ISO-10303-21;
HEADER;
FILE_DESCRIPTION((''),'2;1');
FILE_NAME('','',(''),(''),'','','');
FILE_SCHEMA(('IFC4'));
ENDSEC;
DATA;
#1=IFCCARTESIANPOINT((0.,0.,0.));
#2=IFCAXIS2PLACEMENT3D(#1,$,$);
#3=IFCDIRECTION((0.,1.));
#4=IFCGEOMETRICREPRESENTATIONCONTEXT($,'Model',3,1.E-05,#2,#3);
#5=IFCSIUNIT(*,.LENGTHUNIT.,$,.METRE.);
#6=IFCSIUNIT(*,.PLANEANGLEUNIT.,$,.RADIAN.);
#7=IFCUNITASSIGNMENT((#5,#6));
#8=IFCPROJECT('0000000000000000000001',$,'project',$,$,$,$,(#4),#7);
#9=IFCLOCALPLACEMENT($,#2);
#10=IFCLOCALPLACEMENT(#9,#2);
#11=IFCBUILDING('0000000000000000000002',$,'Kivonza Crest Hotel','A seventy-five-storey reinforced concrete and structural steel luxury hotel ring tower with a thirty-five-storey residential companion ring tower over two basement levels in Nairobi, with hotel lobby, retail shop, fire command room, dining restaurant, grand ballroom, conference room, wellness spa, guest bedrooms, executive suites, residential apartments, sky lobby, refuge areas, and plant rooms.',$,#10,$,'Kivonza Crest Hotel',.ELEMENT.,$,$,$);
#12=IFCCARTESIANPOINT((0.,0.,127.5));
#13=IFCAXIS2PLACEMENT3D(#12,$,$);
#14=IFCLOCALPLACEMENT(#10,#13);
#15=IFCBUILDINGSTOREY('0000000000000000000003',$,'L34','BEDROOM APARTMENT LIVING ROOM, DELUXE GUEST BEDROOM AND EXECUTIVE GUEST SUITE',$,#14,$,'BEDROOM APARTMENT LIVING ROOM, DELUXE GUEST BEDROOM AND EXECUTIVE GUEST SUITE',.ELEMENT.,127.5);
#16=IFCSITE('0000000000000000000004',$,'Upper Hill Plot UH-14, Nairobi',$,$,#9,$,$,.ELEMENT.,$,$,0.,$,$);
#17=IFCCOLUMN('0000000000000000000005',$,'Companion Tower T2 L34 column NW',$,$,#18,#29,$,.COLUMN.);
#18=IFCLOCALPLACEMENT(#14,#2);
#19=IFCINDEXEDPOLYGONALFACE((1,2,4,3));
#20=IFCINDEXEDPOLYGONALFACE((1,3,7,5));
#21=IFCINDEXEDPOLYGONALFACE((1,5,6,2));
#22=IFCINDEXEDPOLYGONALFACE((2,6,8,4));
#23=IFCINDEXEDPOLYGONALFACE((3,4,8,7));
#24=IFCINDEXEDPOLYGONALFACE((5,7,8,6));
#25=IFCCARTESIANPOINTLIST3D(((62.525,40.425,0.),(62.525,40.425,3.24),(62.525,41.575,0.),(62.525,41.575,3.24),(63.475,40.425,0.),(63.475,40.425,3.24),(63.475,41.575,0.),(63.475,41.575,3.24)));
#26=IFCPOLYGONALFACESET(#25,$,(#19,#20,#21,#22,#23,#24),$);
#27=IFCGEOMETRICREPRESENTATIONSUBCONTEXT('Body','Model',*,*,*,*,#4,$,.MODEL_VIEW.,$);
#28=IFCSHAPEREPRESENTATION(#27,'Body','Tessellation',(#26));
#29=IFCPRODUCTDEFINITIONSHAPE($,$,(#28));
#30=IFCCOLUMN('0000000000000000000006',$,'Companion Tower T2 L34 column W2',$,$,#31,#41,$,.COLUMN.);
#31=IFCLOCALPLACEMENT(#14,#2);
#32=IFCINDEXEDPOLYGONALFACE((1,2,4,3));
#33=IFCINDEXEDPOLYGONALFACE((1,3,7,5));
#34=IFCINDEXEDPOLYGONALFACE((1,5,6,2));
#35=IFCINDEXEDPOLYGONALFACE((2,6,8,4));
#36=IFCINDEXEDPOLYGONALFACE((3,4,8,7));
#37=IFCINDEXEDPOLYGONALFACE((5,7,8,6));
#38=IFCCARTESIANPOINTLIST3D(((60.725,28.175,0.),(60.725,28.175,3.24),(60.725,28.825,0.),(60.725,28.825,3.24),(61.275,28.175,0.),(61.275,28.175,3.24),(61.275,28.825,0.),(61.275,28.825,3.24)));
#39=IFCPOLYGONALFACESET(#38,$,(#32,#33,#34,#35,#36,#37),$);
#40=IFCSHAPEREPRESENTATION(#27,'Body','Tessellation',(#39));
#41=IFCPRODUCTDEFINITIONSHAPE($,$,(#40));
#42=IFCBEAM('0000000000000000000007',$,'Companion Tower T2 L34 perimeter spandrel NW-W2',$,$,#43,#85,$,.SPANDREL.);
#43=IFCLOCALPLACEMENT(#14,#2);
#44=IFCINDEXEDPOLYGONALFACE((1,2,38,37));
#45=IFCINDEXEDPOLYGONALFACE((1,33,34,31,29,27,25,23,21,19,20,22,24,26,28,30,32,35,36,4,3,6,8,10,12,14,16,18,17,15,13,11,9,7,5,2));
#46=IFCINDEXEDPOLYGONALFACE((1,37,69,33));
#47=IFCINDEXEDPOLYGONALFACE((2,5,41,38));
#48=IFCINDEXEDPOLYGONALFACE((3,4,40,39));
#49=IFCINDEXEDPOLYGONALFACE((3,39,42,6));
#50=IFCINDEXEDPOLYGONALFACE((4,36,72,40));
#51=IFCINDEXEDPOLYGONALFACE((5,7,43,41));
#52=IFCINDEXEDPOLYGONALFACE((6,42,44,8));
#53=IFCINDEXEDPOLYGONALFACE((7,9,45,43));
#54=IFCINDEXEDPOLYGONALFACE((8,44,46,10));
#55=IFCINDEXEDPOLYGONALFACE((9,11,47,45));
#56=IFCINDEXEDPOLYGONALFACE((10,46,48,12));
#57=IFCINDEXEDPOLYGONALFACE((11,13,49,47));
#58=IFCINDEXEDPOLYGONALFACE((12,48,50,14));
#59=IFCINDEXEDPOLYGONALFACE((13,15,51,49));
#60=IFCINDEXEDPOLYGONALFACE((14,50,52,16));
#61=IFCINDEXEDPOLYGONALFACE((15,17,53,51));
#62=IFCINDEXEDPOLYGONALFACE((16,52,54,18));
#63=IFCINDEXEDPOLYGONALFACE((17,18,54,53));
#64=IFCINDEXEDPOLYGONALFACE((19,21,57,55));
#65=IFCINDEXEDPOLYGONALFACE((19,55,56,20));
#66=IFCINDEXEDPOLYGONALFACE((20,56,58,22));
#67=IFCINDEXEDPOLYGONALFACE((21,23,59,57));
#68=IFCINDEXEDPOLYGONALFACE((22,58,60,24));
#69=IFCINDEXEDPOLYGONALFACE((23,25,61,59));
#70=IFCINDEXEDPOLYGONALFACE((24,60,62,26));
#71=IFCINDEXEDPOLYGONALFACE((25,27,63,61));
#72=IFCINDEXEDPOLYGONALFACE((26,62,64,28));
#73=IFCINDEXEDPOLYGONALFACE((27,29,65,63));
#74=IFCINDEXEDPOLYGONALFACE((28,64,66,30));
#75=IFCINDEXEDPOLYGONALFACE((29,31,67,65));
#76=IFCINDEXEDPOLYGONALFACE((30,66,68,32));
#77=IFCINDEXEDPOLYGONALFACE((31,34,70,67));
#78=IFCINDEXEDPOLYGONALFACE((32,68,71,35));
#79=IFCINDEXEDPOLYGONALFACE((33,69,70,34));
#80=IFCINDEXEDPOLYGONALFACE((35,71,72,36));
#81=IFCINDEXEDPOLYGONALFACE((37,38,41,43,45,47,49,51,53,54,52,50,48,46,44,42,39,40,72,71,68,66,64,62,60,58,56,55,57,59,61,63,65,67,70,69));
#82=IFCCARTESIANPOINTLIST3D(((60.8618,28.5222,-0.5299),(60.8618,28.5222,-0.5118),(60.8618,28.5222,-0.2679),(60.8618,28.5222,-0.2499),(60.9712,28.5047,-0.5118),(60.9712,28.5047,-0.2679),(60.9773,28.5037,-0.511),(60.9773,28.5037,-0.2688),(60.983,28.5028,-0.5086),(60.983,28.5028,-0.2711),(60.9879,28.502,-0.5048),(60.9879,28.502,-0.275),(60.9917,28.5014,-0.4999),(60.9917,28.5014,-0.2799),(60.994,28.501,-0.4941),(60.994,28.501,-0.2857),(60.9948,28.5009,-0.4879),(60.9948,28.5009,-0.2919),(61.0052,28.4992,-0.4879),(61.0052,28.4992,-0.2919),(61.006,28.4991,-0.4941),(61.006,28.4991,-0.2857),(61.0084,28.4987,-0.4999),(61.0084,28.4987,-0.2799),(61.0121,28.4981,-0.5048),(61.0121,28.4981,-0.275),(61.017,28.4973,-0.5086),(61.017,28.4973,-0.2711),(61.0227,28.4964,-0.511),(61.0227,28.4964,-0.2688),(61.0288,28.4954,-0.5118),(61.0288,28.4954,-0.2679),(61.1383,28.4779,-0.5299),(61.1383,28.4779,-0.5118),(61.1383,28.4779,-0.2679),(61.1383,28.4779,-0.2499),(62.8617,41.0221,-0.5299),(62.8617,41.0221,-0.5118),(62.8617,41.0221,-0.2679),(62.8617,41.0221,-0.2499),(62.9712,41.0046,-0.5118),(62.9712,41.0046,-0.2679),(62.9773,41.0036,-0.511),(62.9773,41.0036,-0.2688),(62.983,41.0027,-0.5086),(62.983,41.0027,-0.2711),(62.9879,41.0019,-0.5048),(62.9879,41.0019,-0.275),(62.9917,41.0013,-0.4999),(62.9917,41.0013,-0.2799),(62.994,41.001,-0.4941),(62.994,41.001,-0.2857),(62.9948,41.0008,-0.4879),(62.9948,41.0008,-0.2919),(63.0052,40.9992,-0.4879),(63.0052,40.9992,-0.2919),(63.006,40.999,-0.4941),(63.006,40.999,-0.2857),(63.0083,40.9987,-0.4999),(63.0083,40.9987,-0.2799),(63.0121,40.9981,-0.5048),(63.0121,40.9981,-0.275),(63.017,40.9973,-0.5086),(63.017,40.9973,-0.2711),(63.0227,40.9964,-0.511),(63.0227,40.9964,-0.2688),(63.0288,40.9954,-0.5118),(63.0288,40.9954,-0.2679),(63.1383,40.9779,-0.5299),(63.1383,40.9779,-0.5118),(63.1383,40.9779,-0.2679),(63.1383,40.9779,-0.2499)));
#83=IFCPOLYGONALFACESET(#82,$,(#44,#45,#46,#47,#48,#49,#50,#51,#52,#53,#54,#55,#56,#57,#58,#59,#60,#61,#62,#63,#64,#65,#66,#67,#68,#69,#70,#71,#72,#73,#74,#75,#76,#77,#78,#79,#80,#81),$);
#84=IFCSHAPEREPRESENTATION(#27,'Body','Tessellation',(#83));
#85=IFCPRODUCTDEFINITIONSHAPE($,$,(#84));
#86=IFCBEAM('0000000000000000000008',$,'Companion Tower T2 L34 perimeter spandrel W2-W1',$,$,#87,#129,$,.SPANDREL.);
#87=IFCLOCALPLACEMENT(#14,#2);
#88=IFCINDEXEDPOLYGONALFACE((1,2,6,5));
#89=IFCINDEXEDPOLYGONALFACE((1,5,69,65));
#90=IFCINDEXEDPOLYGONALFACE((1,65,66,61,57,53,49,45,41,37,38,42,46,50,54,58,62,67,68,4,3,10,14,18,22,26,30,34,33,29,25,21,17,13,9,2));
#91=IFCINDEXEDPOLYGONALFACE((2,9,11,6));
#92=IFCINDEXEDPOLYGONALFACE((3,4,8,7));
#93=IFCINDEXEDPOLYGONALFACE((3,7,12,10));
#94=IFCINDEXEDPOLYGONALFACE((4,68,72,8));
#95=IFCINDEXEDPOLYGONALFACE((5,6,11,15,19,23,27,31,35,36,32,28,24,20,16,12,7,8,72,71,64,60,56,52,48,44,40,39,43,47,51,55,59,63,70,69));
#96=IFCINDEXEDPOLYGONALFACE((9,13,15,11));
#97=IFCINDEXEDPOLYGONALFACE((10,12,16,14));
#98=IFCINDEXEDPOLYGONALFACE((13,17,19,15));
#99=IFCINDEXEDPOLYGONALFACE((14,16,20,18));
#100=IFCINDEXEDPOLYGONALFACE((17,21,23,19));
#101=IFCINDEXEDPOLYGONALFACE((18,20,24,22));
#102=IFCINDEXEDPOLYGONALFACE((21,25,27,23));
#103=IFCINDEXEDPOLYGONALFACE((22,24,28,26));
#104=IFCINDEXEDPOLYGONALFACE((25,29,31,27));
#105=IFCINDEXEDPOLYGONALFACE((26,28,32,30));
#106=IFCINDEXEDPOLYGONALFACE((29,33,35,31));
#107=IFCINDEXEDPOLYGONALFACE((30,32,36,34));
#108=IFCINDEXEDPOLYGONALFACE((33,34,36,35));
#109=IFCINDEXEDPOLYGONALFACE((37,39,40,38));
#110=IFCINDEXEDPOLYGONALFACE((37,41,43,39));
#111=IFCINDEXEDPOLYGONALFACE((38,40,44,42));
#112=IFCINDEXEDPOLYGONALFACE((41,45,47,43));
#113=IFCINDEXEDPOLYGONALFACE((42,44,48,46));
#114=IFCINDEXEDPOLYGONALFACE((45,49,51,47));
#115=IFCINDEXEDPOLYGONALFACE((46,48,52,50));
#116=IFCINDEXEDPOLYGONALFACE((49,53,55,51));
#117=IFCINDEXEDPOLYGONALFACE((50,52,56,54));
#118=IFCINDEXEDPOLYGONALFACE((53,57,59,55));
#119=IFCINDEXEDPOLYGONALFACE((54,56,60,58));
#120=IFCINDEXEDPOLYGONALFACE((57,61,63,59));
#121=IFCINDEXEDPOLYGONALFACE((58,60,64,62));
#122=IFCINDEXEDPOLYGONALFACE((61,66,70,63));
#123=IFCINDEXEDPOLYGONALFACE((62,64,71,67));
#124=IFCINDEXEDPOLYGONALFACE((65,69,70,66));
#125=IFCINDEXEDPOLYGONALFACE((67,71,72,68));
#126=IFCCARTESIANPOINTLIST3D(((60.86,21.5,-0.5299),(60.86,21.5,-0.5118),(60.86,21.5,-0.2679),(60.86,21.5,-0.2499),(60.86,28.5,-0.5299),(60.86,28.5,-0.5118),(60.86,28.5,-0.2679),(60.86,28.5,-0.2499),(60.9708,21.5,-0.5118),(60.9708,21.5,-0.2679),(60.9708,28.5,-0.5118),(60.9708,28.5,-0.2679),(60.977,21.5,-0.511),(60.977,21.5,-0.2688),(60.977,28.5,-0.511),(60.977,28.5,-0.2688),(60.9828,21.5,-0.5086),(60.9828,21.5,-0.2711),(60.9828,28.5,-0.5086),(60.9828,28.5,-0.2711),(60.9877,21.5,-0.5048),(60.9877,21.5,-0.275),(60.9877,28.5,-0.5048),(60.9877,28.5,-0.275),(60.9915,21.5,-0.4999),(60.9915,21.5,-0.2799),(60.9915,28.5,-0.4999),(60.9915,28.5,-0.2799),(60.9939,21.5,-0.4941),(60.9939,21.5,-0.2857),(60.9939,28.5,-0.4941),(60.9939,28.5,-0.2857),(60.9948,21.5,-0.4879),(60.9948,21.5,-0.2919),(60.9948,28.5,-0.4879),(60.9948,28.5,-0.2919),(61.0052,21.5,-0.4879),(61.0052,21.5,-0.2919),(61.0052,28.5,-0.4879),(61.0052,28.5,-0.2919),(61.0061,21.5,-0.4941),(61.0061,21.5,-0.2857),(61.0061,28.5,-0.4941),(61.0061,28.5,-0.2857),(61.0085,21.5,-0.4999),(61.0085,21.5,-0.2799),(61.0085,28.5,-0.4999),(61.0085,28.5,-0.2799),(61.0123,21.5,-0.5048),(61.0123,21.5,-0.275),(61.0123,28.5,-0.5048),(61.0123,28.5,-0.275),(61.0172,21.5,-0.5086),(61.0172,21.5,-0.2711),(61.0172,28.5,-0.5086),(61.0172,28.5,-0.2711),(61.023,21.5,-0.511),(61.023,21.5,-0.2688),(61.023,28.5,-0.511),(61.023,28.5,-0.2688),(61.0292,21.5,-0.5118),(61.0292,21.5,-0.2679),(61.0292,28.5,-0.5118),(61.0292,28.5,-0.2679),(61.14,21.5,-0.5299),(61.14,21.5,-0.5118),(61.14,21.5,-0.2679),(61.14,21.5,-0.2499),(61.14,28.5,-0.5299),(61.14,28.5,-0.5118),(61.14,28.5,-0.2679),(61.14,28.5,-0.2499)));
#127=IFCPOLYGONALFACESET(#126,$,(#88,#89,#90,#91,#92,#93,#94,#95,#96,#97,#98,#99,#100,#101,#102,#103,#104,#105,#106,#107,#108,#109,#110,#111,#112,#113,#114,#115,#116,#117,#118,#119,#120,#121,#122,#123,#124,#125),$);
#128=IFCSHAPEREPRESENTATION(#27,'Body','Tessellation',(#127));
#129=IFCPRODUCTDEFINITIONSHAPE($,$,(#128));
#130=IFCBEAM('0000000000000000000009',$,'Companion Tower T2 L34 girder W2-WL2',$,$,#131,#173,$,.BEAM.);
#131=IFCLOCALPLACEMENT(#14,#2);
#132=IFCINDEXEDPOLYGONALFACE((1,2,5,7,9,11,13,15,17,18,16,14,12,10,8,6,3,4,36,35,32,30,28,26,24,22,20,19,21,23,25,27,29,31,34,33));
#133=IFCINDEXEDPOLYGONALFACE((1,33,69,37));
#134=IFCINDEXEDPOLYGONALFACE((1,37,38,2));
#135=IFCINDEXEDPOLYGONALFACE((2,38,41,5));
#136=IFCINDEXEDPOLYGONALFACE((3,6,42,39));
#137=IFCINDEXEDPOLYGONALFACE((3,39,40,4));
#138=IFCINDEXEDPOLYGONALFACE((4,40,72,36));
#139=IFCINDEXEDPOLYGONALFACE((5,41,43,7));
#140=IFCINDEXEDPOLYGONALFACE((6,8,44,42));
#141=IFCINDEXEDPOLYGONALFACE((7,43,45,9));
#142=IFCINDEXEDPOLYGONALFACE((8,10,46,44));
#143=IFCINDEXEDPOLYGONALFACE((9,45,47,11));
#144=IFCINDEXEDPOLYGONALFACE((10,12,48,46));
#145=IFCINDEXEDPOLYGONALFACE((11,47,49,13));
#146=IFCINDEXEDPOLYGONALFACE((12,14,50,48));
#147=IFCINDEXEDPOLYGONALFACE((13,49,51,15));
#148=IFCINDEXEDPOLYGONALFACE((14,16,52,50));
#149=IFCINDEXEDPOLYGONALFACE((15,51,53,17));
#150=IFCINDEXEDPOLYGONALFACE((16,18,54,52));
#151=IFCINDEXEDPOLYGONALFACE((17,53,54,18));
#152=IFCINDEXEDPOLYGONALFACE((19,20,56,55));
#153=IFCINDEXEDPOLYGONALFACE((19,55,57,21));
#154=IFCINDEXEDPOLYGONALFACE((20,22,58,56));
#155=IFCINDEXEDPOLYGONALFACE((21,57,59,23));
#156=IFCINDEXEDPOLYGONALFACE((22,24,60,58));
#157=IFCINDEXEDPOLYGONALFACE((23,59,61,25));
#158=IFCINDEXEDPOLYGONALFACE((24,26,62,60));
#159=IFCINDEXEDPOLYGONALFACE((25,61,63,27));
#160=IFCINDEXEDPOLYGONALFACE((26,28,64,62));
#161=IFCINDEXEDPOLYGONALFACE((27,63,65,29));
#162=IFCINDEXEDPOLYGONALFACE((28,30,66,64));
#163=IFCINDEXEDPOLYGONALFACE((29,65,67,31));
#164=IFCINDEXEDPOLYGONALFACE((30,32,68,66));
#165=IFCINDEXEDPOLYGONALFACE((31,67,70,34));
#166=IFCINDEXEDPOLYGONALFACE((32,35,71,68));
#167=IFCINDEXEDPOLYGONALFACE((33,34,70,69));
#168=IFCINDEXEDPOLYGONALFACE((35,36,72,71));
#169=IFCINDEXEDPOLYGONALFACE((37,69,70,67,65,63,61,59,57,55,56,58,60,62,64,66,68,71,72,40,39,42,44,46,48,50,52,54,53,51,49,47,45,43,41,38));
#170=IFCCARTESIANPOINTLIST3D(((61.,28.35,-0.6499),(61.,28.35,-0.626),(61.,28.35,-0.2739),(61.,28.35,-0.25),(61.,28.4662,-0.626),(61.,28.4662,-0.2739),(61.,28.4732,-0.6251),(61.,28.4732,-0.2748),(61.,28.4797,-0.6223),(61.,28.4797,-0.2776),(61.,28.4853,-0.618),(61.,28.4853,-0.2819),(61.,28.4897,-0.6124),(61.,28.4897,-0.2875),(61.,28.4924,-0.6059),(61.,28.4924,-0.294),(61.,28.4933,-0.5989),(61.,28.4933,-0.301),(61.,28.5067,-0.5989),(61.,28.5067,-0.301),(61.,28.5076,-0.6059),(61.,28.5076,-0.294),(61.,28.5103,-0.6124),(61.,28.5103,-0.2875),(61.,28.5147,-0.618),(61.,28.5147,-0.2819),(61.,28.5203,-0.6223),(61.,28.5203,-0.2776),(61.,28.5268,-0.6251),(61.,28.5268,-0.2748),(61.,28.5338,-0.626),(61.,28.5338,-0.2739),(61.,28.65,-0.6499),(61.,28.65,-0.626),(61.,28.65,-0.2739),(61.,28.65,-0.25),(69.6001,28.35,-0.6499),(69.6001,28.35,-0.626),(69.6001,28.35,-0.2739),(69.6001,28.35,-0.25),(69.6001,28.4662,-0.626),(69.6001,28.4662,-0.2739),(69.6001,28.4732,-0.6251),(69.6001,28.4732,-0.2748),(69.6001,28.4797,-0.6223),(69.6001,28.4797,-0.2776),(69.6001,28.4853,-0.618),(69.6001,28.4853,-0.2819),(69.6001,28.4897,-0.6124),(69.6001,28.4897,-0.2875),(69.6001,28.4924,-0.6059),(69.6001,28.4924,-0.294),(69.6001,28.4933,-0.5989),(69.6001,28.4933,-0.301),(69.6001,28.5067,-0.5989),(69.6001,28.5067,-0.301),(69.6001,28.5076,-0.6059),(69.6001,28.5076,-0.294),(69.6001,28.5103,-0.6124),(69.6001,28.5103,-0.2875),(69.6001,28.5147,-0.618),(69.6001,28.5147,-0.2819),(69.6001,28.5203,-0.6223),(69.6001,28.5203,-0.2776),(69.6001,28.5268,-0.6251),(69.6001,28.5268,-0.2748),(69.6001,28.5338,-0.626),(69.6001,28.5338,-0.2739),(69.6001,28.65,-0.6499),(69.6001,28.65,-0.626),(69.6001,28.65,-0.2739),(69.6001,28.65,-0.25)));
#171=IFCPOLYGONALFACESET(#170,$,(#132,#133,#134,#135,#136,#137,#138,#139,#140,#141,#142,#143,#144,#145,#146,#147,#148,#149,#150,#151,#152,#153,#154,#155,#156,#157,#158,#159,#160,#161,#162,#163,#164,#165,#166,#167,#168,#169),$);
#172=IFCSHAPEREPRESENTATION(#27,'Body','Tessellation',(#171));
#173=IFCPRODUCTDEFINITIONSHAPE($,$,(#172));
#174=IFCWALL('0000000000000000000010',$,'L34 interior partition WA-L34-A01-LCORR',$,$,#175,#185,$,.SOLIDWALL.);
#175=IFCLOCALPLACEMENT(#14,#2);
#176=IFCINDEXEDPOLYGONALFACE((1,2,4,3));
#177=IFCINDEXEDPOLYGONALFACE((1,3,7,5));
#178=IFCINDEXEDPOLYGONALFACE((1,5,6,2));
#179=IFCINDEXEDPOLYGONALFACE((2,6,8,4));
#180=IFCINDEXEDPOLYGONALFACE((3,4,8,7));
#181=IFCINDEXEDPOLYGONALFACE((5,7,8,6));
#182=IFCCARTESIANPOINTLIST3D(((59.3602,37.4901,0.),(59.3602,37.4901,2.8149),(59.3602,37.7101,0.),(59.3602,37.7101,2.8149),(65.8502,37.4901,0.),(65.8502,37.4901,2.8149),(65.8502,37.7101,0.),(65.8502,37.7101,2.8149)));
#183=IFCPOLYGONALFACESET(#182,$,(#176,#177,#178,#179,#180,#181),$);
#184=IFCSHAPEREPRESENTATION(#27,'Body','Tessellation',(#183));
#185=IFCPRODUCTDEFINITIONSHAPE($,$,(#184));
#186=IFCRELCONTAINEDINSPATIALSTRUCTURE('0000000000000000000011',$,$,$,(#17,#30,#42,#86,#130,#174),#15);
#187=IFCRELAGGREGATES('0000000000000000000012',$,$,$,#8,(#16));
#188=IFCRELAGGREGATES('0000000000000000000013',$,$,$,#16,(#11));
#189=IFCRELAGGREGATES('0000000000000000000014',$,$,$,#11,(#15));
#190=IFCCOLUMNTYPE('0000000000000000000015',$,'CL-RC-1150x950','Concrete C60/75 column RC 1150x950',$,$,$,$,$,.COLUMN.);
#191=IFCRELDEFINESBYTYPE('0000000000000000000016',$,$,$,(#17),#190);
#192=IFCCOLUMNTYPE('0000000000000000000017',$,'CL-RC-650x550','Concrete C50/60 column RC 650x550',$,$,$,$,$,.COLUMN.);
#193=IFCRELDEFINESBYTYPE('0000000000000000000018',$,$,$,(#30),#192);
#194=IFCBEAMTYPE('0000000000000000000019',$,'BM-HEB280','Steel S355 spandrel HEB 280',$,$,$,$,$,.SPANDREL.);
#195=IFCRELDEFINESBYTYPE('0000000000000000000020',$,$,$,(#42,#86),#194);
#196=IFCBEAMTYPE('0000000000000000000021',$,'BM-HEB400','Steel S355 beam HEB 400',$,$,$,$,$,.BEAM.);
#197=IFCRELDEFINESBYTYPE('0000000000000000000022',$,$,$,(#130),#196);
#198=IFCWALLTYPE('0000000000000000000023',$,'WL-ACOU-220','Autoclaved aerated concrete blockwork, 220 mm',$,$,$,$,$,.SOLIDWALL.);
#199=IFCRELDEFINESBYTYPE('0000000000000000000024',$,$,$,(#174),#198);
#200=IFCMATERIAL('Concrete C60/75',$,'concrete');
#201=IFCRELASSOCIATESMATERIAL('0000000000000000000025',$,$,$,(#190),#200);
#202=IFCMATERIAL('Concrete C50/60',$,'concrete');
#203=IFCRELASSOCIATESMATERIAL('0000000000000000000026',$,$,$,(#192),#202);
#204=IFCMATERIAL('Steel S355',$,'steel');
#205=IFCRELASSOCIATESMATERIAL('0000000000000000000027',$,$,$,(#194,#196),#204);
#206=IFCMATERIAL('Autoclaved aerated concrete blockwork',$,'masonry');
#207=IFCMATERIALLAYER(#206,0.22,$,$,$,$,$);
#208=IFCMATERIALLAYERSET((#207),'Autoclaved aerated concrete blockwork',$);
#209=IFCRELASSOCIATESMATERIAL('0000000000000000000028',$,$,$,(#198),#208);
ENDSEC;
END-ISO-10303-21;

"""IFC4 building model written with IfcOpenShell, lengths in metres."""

from ifc_helpers import new_model, si_unit, direction, frame, frame_2d, origin, origin_2d, place, context, subcontext, project, spatial, rectangle, i_section, extrude, material, layer, layer_set, material_profile, profile_set, type_object, element, save


model = new_model("IFC4")

# Units and contexts
model_context = context("Model", 3, precision=1e-05, world=origin(), true_north=direction((0.0, 1.0)))
body_context = subcontext(model_context, "Body", "Model", "MODEL_VIEW")
ifc_project = project(units=[si_unit("LENGTHUNIT", "METRE"), si_unit("PLANEANGLEUNIT", "RADIAN")], contexts=[model_context])

# Site, building, storey
site_placement = place(None, origin())
site = spatial("IfcSite", under=ifc_project, at=site_placement, Name="Upper Hill Plot UH-14, Nairobi", CompositionType="ELEMENT", RefElevation=0.0)
building_placement = place(site_placement, origin())
building = spatial("IfcBuilding", under=site, at=building_placement, Name="Kivonza Crest Hotel", Description="A seventy-five-storey reinforced concrete and structural steel luxury hotel ring tower with a thirty-five-storey residential companion ring tower over two basement levels in Nairobi, with hotel lobby, retail shop, fire command room, dining restaurant, grand ballroom, conference room, wellness spa, guest bedrooms, executive suites, residential apartments, sky lobby, refuge areas, and plant rooms.", LongName="Kivonza Crest Hotel", CompositionType="ELEMENT")
storey_placement = place(building_placement, frame((0.0, 0.0, 127.5)))
storey = spatial("IfcBuildingStorey", under=building, at=storey_placement, Name="L34", Description="BEDROOM APARTMENT LIVING ROOM, DELUXE GUEST BEDROOM AND EXECUTIVE GUEST SUITE", LongName="BEDROOM APARTMENT LIVING ROOM, DELUXE GUEST BEDROOM AND EXECUTIVE GUEST SUITE", CompositionType="ELEMENT", Elevation=127.5)

# Columns
ifc_material_1 = material(Name="Concrete C60/75", Category="concrete")
ifc_material_profile_1 = material_profile(ifc_material_1, rectangle(XDim=0.95, YDim=1.1499, at=origin_2d()), Name="RC 1150x950")
ifc_profile_set_1 = profile_set([ifc_material_profile_1], Name="Concrete C60/75")
column_type_1 = type_object("IfcColumnType", Name="CL-RC-1150x950", Description="Concrete C60/75 column RC 1150x950", PredefinedType="COLUMN", material=ifc_profile_set_1)
column_1_placement = place(storey_placement, frame((63.0, 41.0, 0.0), z_axis=(0.0, 0.0, 1.0), x_axis=(1.0, 0.0, 0.0)))
element("IfcColumn", 1, at=column_1_placement, inside=storey, type_object=column_type_1, Name="Companion Tower T2 L34 column NW", PredefinedType="COLUMN", context=body_context, shape_type="SweptSolid", body=[
    extrude(rectangle(XDim=0.95, YDim=1.1499, at=origin_2d()), origin(), (0.0, 0.0, 1.0), 3.24),
])
ifc_material_2 = material(Name="Concrete C50/60", Category="concrete")
ifc_material_profile_2 = material_profile(ifc_material_2, rectangle(XDim=0.55, YDim=0.6499, at=origin_2d()), Name="RC 650x550")
ifc_profile_set_2 = profile_set([ifc_material_profile_2], Name="Concrete C50/60")
column_type_2 = type_object("IfcColumnType", Name="CL-RC-650x550", Description="Concrete C50/60 column RC 650x550", PredefinedType="COLUMN", material=ifc_profile_set_2)
column_2_placement = place(storey_placement, frame((61.0, 28.5, 0.0), z_axis=(0.0, 0.0, 1.0), x_axis=(1.0, 0.0, 0.0)))
element("IfcColumn", 2, at=column_2_placement, inside=storey, type_object=column_type_2, Name="Companion Tower T2 L34 column W2", PredefinedType="COLUMN", context=body_context, shape_type="SweptSolid", body=[
    extrude(rectangle(XDim=0.55, YDim=0.6499, at=origin_2d()), origin(), (0.0, 0.0, 1.0), 3.24),
])

# Beams
ifc_material_3 = material(Name="Steel S355", Category="steel")
ifc_material_profile_3 = material_profile(ifc_material_3, i_section(OverallWidth=0.28, OverallDepth=0.28, WebThickness=0.0105, FlangeThickness=0.0181, FilletRadius=0.0239, at=origin_2d()), Name="HEB 280")
ifc_profile_set_3 = profile_set([ifc_material_profile_3], Name="Steel S355")
beam_type_1 = type_object("IfcBeamType", Name="BM-HEB280", Description="Steel S355 spandrel HEB 280", PredefinedType="SPANDREL", material=ifc_profile_set_3)
beam_1_placement = place(storey_placement, frame((63.0, 41.0, -0.3899), z_axis=(-0.157991, -0.987441, 0.0), x_axis=(0.987441, -0.157991, 0.0)))
element("IfcBeam", 3, at=beam_1_placement, inside=storey, type_object=beam_type_1, Name="Companion Tower T2 L34 perimeter spandrel NW-W2", PredefinedType="SPANDREL", context=body_context, shape_type="SweptSolid", body=[
    extrude(i_section(OverallWidth=0.28, OverallDepth=0.28, WebThickness=0.0105, FlangeThickness=0.0181, FilletRadius=0.0239, at=origin_2d()), origin(), (0.0, 0.0, 1.0), 12.6589),
])
beam_2_placement = place(storey_placement, frame((61.0, 28.5, -0.3899), z_axis=(0.0, -1.0, 0.0), x_axis=(1.0, 0.0, 0.0)))
element("IfcBeam", 4, at=beam_2_placement, inside=storey, type_object=beam_type_1, Name="Companion Tower T2 L34 perimeter spandrel W2-W1", PredefinedType="SPANDREL", context=body_context, shape_type="SweptSolid", body=[
    extrude(i_section(OverallWidth=0.28, OverallDepth=0.28, WebThickness=0.0105, FlangeThickness=0.0181, FilletRadius=0.0239, at=origin_2d()), origin(), (0.0, 0.0, 1.0), 7.0),
])
ifc_material_profile_4 = material_profile(ifc_material_3, i_section(OverallWidth=0.3, OverallDepth=0.3999, WebThickness=0.0134, FlangeThickness=0.0239, FilletRadius=0.0271, at=origin_2d()), Name="HEB 400")
ifc_profile_set_4 = profile_set([ifc_material_profile_4], Name="Steel S355")
beam_type_2 = type_object("IfcBeamType", Name="BM-HEB400", Description="Steel S355 beam HEB 400", PredefinedType="BEAM", material=ifc_profile_set_4)
beam_3_placement = place(storey_placement, frame((61.0, 28.5, -0.45), z_axis=(1.0, 0.0, 0.0), x_axis=(0.0, 1.0, 0.0)))
element("IfcBeam", 5, at=beam_3_placement, inside=storey, type_object=beam_type_2, Name="Companion Tower T2 L34 girder W2-WL2", PredefinedType="BEAM", context=body_context, shape_type="SweptSolid", body=[
    extrude(i_section(OverallWidth=0.3, OverallDepth=0.3999, WebThickness=0.0134, FlangeThickness=0.0239, FilletRadius=0.0271, at=origin_2d()), origin(), (0.0, 0.0, 1.0), 8.6001),
])

# Wall
ifc_material_4 = material(Name="Autoclaved aerated concrete blockwork", Category="masonry")
ifc_layer_1 = layer(ifc_material_4, 0.22)
ifc_layer_set_1 = layer_set([ifc_layer_1], Name="Autoclaved aerated concrete blockwork")
wall_type_1 = type_object("IfcWallType", Name="WL-ACOU-220", Description="Autoclaved aerated concrete blockwork, 220 mm", PredefinedType="SOLIDWALL", material=ifc_layer_set_1)
wall_1_placement = place(storey_placement, frame((59.3601, 37.6001, 0.0), z_axis=(0.0, 0.0, 1.0), x_axis=(1.0, 0.0, 0.0)))
element("IfcWall", 6, at=wall_1_placement, inside=storey, type_object=wall_type_1, Name="L34 interior partition WA-L34-A01-LCORR", PredefinedType="SOLIDWALL", context=body_context, shape_type="SweptSolid", body=[
    extrude(rectangle(XDim=6.49, YDim=0.22, at=frame_2d((3.2451, 0.0))), origin(), (0.0, 0.0, 1.0), 2.8149),
])

save(model, "model.ifc")
